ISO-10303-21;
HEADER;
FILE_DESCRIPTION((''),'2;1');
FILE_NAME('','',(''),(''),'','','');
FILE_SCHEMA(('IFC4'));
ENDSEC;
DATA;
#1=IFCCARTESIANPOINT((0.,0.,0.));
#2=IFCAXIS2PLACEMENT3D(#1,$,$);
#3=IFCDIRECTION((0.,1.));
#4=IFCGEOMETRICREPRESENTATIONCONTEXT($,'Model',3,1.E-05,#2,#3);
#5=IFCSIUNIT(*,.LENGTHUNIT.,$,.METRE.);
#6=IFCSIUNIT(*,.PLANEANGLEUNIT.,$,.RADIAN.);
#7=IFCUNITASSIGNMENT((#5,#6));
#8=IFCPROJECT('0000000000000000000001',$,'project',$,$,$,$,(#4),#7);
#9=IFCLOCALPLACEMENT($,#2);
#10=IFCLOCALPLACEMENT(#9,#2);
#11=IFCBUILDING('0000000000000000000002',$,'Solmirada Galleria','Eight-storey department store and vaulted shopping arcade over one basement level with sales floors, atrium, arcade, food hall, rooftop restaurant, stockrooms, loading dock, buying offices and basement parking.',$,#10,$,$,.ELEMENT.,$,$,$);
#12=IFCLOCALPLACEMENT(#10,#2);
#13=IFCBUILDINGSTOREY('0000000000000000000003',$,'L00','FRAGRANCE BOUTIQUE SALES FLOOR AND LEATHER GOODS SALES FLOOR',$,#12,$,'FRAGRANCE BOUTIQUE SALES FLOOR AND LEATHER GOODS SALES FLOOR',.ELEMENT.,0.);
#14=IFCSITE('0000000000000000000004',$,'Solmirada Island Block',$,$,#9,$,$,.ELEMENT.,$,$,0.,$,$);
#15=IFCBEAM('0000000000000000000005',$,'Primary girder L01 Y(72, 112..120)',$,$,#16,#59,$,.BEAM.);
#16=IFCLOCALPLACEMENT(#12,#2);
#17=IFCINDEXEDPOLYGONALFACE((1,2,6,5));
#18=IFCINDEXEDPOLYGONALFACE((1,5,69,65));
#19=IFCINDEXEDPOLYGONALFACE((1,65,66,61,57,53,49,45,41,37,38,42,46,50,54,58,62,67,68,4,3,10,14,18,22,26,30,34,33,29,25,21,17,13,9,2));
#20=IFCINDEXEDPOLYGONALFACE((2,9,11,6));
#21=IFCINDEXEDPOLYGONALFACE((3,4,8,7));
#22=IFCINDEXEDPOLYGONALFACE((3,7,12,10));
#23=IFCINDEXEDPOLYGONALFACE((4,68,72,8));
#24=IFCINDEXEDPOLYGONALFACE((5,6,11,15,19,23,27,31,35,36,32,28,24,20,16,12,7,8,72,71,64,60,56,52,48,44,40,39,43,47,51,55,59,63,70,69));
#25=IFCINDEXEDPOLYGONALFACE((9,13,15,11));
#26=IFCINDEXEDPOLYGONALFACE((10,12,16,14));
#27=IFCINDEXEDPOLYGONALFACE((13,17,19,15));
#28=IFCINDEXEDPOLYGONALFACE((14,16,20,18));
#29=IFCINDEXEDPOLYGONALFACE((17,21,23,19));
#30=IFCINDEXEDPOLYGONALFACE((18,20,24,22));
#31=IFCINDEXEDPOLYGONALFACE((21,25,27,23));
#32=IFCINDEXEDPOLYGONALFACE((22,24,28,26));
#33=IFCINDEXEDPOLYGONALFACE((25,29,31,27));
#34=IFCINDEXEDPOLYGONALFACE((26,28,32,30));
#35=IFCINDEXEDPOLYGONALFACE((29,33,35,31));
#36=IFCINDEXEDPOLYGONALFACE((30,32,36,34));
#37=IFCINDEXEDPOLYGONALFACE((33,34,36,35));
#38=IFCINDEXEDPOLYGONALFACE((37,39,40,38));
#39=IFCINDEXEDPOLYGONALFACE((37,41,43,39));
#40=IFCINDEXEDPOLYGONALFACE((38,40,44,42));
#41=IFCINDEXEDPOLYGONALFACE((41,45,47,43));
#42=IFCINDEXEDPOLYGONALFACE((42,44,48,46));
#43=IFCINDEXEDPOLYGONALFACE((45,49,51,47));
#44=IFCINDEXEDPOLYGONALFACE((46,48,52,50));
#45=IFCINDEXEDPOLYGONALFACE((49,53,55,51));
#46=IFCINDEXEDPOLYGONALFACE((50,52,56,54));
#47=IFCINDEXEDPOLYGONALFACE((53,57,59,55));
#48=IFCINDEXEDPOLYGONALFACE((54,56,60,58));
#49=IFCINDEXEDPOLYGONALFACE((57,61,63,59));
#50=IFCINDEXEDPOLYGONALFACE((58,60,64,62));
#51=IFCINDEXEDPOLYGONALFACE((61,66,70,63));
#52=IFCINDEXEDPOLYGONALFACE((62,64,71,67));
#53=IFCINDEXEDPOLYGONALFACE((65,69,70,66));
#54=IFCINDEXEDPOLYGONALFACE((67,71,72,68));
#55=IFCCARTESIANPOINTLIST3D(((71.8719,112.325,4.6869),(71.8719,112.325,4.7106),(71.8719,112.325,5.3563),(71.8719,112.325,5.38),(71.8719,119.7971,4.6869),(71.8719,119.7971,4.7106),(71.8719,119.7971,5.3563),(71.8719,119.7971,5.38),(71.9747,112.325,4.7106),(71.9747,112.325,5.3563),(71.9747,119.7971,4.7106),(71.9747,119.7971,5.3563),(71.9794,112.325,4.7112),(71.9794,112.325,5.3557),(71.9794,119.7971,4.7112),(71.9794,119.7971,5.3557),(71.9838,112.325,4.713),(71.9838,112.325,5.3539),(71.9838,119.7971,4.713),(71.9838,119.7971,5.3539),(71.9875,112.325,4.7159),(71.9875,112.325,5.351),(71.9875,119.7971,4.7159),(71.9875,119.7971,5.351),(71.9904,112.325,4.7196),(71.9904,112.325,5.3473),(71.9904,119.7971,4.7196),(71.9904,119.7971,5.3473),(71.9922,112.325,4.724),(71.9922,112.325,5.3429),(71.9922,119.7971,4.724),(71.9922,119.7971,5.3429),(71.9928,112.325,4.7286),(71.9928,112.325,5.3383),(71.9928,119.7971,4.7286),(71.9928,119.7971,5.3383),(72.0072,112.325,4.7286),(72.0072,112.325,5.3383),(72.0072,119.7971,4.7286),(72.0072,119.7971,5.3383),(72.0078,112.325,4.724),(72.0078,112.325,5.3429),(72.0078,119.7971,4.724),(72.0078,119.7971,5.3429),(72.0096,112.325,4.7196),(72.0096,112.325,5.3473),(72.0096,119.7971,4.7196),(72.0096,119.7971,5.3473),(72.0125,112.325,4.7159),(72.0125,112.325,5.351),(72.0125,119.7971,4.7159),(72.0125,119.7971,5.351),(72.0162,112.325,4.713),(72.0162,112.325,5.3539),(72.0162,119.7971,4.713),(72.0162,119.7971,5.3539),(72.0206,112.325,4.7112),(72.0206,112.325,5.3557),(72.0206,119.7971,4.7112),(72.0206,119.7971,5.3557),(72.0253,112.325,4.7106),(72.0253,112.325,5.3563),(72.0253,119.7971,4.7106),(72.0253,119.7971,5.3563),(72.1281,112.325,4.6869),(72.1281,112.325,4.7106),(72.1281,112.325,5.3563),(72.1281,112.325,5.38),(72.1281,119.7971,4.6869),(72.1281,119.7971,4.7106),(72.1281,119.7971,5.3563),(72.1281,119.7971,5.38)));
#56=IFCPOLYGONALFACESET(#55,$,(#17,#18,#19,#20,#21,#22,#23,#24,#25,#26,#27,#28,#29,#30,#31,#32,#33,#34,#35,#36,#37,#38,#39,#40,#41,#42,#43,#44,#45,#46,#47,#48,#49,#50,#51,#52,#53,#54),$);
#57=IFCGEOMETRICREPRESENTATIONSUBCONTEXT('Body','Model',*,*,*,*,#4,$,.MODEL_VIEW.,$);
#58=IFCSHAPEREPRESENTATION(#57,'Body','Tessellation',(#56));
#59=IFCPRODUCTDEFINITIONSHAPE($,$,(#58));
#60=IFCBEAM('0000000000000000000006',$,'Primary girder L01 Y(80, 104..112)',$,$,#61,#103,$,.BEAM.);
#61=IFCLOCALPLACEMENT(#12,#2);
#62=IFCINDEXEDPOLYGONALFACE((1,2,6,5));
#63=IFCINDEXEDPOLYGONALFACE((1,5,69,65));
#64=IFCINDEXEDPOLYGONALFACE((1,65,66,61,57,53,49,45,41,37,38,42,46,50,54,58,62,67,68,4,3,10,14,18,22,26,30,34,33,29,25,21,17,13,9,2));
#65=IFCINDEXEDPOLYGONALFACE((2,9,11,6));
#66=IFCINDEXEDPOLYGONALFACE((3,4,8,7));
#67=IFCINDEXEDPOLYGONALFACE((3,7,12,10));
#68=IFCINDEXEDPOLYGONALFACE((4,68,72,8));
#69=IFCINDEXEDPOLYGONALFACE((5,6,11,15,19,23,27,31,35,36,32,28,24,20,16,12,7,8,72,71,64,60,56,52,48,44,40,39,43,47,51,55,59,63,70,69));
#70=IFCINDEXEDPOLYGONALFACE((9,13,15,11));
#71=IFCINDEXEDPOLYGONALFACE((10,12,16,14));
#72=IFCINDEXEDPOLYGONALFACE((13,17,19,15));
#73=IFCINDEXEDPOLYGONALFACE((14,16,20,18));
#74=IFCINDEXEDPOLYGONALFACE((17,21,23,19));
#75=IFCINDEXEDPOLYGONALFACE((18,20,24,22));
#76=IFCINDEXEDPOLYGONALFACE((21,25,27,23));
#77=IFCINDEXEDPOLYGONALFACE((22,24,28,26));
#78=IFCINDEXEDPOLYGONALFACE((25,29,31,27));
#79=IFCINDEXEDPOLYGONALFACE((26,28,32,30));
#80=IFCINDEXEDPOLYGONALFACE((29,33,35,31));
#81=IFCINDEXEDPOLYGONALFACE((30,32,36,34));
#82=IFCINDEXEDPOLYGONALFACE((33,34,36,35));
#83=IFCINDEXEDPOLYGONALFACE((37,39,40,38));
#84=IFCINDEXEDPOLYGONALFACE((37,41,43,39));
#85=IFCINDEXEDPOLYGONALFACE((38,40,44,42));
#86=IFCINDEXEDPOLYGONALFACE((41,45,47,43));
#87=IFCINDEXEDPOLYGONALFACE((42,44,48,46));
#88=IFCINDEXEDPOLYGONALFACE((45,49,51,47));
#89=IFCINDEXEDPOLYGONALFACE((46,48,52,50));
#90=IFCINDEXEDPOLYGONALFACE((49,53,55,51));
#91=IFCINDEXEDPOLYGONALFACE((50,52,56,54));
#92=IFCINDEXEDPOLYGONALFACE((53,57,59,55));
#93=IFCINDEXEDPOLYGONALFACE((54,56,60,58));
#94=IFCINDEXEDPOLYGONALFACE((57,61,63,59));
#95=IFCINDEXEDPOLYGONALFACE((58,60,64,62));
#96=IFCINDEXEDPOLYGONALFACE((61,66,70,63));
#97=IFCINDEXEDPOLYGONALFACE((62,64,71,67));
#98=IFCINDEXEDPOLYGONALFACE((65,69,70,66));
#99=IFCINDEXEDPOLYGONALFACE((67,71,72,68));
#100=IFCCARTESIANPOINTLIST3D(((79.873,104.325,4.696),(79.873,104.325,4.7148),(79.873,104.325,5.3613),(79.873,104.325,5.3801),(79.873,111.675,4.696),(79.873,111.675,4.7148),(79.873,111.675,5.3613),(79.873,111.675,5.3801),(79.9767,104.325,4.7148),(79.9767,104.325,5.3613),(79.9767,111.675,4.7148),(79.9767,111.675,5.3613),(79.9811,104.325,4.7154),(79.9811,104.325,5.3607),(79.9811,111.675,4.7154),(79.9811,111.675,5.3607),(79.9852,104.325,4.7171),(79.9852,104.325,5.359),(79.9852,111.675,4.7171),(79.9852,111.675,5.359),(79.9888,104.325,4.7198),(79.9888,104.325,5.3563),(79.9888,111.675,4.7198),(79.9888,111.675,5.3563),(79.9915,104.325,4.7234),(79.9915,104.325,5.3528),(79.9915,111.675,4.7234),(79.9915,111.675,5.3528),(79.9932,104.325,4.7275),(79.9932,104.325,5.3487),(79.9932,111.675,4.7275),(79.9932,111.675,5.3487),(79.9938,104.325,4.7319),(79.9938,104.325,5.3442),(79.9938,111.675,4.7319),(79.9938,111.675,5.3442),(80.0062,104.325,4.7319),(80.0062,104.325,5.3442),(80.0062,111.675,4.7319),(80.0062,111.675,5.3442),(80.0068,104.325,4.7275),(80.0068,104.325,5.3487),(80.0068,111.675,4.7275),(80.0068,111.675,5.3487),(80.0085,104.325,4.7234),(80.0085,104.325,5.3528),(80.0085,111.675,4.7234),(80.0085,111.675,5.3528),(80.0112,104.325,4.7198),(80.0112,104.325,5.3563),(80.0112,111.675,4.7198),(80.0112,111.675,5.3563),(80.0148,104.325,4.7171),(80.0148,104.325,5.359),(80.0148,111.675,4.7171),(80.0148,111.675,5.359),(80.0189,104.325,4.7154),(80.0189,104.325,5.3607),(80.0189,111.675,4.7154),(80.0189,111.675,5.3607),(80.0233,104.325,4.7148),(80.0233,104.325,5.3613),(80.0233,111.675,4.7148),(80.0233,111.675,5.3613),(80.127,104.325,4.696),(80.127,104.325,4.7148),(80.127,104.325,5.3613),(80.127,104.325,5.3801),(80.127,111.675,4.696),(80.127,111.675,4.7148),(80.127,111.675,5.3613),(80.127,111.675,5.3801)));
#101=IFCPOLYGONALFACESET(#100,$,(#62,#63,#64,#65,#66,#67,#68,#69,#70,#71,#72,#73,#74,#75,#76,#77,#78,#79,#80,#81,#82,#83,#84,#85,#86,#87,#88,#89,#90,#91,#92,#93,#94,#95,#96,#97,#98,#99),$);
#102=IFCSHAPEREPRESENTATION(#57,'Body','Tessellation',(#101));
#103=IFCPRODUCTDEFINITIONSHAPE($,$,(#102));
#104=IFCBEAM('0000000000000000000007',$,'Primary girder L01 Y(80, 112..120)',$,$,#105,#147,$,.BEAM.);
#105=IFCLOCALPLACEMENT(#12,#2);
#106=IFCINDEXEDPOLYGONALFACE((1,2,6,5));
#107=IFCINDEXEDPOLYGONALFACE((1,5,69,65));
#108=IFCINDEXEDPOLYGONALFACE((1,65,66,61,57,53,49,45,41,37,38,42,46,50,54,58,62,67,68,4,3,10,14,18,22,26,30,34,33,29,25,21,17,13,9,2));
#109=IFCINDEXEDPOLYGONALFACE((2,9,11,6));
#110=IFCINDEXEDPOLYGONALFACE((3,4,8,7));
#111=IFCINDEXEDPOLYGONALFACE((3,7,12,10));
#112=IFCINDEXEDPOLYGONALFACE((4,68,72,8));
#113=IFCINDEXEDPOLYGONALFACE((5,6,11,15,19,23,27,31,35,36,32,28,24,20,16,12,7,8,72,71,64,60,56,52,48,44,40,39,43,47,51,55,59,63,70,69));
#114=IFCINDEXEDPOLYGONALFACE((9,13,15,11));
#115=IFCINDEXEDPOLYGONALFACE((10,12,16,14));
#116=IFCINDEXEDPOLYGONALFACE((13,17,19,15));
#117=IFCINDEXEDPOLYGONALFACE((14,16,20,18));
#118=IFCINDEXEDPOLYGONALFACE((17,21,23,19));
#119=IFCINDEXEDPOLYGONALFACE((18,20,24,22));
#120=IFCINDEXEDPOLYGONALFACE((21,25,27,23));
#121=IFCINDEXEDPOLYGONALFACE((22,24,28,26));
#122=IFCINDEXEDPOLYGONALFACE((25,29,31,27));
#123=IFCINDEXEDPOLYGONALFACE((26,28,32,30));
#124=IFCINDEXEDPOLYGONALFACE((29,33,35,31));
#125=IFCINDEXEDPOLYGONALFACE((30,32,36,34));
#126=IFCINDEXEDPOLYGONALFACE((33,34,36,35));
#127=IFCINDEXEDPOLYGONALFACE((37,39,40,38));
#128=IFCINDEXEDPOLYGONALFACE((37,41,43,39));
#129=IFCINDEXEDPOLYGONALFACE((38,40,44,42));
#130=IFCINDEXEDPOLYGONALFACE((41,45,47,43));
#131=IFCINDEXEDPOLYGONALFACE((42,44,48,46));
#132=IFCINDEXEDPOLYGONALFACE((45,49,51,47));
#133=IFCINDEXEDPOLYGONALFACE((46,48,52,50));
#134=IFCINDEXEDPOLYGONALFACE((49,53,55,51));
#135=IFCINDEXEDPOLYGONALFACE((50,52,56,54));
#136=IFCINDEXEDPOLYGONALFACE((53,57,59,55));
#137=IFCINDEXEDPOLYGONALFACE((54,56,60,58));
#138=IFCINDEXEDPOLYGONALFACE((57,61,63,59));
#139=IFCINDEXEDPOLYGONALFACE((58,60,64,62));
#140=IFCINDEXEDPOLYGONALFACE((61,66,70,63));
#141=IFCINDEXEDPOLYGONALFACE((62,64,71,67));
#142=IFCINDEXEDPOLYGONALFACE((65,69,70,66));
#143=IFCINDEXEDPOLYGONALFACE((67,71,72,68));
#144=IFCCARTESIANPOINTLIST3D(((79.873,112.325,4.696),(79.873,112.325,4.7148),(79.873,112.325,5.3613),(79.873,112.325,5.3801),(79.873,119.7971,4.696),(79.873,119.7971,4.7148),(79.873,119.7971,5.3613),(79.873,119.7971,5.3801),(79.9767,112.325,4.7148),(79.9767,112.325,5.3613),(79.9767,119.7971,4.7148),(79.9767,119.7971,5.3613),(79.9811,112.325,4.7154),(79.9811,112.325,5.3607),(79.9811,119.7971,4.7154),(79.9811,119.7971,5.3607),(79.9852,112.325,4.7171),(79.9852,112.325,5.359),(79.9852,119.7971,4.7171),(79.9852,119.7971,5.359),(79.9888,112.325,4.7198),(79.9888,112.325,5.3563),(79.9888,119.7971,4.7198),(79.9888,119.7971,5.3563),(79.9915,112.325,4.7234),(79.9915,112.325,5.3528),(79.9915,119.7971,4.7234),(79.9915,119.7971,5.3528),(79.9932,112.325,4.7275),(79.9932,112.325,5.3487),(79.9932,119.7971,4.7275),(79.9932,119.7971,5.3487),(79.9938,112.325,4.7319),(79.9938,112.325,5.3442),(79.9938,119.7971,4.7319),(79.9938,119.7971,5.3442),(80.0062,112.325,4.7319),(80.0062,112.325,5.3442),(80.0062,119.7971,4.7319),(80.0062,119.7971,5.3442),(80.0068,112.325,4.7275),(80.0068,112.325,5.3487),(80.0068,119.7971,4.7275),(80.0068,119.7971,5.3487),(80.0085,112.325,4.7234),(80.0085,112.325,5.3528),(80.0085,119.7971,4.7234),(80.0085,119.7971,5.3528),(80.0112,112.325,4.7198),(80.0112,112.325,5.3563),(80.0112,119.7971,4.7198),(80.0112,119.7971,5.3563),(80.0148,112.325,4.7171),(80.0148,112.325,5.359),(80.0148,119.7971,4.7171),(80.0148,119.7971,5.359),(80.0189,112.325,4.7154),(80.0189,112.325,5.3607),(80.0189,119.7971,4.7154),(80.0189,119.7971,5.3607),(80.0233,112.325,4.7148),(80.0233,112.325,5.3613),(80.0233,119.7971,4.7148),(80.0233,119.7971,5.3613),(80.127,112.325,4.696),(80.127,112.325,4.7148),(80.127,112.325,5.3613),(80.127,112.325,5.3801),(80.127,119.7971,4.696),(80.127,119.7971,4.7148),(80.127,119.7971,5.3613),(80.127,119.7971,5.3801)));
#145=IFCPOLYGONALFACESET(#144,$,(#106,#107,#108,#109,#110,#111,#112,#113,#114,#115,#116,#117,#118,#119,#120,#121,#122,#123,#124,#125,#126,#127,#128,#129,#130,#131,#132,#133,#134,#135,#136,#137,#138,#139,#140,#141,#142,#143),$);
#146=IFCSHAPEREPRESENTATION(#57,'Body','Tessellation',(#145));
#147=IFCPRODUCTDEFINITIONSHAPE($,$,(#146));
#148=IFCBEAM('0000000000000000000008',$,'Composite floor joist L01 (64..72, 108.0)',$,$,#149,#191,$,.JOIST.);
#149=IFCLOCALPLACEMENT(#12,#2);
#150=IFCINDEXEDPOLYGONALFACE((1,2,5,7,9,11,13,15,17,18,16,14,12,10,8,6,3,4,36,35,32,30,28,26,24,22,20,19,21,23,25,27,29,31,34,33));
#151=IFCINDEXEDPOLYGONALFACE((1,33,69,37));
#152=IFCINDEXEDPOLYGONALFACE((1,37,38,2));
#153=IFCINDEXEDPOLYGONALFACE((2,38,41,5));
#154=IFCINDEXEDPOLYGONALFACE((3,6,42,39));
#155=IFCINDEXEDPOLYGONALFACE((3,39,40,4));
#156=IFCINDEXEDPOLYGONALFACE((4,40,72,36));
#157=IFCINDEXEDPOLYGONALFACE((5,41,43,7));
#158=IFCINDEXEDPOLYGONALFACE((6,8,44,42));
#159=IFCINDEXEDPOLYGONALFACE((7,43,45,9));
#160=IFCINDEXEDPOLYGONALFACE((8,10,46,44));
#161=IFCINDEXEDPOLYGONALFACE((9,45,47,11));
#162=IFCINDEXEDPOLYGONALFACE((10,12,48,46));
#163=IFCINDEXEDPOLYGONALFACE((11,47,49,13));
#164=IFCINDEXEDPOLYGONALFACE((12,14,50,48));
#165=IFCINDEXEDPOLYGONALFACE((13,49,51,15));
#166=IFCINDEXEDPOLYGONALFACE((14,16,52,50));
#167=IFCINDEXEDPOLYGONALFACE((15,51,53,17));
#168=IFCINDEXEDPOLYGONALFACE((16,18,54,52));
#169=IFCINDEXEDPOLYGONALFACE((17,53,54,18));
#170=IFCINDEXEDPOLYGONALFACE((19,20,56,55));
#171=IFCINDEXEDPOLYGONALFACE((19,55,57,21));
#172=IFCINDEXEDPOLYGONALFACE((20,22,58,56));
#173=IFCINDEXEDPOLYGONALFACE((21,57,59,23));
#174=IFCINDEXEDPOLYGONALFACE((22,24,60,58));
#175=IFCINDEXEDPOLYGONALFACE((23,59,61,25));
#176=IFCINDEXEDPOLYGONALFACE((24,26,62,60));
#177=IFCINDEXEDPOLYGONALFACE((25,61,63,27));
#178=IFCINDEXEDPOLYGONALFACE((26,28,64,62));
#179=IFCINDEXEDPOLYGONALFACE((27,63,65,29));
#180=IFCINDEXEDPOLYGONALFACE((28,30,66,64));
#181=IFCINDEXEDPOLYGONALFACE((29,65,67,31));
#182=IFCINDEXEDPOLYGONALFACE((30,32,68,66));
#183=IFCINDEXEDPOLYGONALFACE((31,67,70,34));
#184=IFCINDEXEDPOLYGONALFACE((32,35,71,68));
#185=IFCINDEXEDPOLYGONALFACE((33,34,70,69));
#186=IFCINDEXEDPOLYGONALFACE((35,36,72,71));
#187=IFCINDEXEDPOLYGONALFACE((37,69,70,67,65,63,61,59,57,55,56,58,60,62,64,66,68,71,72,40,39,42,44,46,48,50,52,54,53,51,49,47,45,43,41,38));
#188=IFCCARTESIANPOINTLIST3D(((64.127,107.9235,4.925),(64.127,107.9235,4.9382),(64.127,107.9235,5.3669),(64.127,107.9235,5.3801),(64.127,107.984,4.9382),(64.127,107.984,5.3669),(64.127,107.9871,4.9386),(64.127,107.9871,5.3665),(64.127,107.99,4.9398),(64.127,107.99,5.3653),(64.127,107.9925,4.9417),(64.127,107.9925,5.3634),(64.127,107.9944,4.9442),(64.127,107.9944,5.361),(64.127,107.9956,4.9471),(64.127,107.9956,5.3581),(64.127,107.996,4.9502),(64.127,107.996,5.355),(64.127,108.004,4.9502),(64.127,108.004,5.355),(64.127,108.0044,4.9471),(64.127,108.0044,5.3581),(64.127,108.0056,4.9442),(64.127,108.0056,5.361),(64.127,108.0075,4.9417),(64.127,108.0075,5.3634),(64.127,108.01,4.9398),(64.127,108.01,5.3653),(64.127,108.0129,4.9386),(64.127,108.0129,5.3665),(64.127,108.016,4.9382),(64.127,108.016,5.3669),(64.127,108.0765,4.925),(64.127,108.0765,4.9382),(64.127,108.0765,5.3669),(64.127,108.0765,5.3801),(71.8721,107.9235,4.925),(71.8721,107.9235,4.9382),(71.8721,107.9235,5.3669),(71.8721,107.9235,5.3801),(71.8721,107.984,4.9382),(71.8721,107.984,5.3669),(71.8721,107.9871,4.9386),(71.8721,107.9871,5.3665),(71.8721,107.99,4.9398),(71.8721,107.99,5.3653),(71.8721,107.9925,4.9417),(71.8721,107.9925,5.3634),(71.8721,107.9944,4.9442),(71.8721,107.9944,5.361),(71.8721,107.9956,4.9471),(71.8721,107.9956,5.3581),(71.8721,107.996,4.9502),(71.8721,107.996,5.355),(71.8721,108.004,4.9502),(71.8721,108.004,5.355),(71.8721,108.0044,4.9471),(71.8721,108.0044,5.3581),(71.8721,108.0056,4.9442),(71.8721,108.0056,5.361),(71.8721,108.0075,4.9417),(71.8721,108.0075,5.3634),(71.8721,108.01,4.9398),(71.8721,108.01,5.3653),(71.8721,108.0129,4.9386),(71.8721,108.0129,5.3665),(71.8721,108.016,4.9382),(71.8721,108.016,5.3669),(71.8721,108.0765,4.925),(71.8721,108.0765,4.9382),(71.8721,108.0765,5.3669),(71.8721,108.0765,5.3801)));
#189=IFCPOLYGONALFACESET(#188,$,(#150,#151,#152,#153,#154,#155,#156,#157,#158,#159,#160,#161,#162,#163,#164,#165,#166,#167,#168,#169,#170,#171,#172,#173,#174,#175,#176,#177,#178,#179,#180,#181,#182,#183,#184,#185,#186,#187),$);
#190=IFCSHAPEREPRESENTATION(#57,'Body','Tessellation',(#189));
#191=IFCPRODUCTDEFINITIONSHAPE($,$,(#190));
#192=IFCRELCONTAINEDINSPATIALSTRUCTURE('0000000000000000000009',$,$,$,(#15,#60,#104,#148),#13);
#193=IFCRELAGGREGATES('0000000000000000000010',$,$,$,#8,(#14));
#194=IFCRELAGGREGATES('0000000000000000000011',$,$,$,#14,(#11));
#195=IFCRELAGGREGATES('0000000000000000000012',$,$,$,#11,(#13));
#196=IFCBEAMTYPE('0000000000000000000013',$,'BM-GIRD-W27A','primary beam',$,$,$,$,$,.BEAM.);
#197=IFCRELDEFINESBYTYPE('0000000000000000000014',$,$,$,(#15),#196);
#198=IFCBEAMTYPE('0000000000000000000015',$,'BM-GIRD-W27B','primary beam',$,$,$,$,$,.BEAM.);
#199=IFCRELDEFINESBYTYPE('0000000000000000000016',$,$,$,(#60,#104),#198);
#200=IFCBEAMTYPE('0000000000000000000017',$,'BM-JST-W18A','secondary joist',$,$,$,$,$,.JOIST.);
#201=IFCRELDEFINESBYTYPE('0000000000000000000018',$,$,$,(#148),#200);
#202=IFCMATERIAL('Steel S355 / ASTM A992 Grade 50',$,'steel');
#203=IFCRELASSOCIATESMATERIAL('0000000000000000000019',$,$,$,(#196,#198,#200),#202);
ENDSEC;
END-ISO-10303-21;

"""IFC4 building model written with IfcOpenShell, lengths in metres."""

from ifc_helpers import new_model, si_unit, direction, frame, origin, origin_2d, place, context, subcontext, project, spatial, i_section, extrude, material, material_profile, profile_set, type_object, element, save


model = new_model("IFC4")

# Units and contexts
model_context = context("Model", 3, precision=1e-05, world=origin(), true_north=direction((0.0, 1.0)))
body_context = subcontext(model_context, "Body", "Model", "MODEL_VIEW")
ifc_project = project(units=[si_unit("LENGTHUNIT", "METRE"), si_unit("PLANEANGLEUNIT", "RADIAN")], contexts=[model_context])

# Site, building, storey
site_placement = place(None, origin())
site = spatial("IfcSite", under=ifc_project, at=site_placement, Name="Solmirada Island Block", CompositionType="ELEMENT", RefElevation=0.0)
building_placement = place(site_placement, origin())
building = spatial("IfcBuilding", under=site, at=building_placement, Name="Solmirada Galleria", Description="Eight-storey department store and vaulted shopping arcade over one basement level with sales floors, atrium, arcade, food hall, rooftop restaurant, stockrooms, loading dock, buying offices and basement parking.", CompositionType="ELEMENT")
storey_placement = place(building_placement, origin())
storey = spatial("IfcBuildingStorey", under=building, at=storey_placement, Name="L00", Description="FRAGRANCE BOUTIQUE SALES FLOOR AND LEATHER GOODS SALES FLOOR", LongName="FRAGRANCE BOUTIQUE SALES FLOOR AND LEATHER GOODS SALES FLOOR", CompositionType="ELEMENT", Elevation=0.0)

# Beams
ifc_material_1 = material(Name="Steel S355 / ASTM A992 Grade 50", Category="steel")
ifc_material_profile_1 = material_profile(ifc_material_1, i_section(OverallWidth=0.2561, OverallDepth=0.6931, WebThickness=0.0144, FlangeThickness=0.0237, FilletRadius=0.0181, at=origin_2d()), Name="W27X114")
ifc_profile_set_1 = profile_set([ifc_material_profile_1], Name="Steel S355 / ASTM A992 Grade 50")
beam_type_1 = type_object("IfcBeamType", Name="BM-GIRD-W27A", Description="primary beam", PredefinedType="BEAM", material=ifc_profile_set_1)
beam_1_placement = place(storey_placement, frame((72.0, 112.325, 5.0334), z_axis=(0.0, 1.0, 0.0), x_axis=(-1.0, 0.0, 0.0)))
element("IfcBeam", 1, at=beam_1_placement, inside=storey, type_object=beam_type_1, Name="Primary girder L01 Y(72, 112..120)", PredefinedType="BEAM", context=body_context, shape_type="SweptSolid", body=[
    extrude(i_section(OverallWidth=0.2561, OverallDepth=0.6931, WebThickness=0.0144, FlangeThickness=0.0237, FilletRadius=0.0181, at=origin_2d()), origin(), (0.0, 0.0, 1.0), 7.4722),
])
ifc_material_profile_2 = material_profile(ifc_material_1, i_section(OverallWidth=0.2539, OverallDepth=0.6841, WebThickness=0.0125, FlangeThickness=0.0188, FilletRadius=0.0171, at=origin_2d()), Name="W27X94")
ifc_profile_set_2 = profile_set([ifc_material_profile_2], Name="Steel S355 / ASTM A992 Grade 50")
beam_type_2 = type_object("IfcBeamType", Name="BM-GIRD-W27B", Description="primary beam", PredefinedType="BEAM", material=ifc_profile_set_2)
beam_2_placement = place(storey_placement, frame((80.0, 104.325, 5.0381), z_axis=(0.0, 1.0, 0.0), x_axis=(-1.0, 0.0, 0.0)))
element("IfcBeam", 2, at=beam_2_placement, inside=storey, type_object=beam_type_2, Name="Primary girder L01 Y(80, 104..112)", PredefinedType="BEAM", context=body_context, shape_type="SweptSolid", body=[
    extrude(i_section(OverallWidth=0.2539, OverallDepth=0.6841, WebThickness=0.0125, FlangeThickness=0.0188, FilletRadius=0.0171, at=origin_2d()), origin(), (0.0, 0.0, 1.0), 7.3501),
])
beam_3_placement = place(storey_placement, frame((80.0, 112.325, 5.0381), z_axis=(0.0, 1.0, 0.0), x_axis=(-1.0, 0.0, 0.0)))
element("IfcBeam", 3, at=beam_3_placement, inside=storey, type_object=beam_type_2, Name="Primary girder L01 Y(80, 112..120)", PredefinedType="BEAM", context=body_context, shape_type="SweptSolid", body=[
    extrude(i_section(OverallWidth=0.2539, OverallDepth=0.6841, WebThickness=0.0125, FlangeThickness=0.0188, FilletRadius=0.0171, at=origin_2d()), origin(), (0.0, 0.0, 1.0), 7.4722),
])
ifc_material_profile_3 = material_profile(ifc_material_1, i_section(OverallWidth=0.1531, OverallDepth=0.4551, WebThickness=0.0081, FlangeThickness=0.0132, FilletRadius=0.012, at=origin_2d()), Name="W18X40")
ifc_profile_set_3 = profile_set([ifc_material_profile_3], Name="Steel S355 / ASTM A992 Grade 50")
beam_type_3 = type_object("IfcBeamType", Name="BM-JST-W18A", Description="secondary joist", PredefinedType="JOIST", material=ifc_profile_set_3)
for number, where, z_axis, x_axis, name in (
    (4, (64.127, 108.0, 5.1526), (1.0, 0.0, 0.0), (0.0, 1.0, 0.0), "Composite floor joist L01 (64..72, 108.0)"),
):
    element("IfcBeam", number, at=place(storey_placement, frame(where, z_axis=z_axis, x_axis=x_axis)), inside=storey, type_object=beam_type_3, Name=name, PredefinedType="JOIST", context=body_context, shape_type="SweptSolid", body=[
        extrude(i_section(OverallWidth=0.1531, OverallDepth=0.4551, WebThickness=0.0081, FlangeThickness=0.0132, FilletRadius=0.012, at=origin_2d()), origin(), (0.0, 0.0, 1.0), 7.7451),
    ])

save(model, "model.ifc")
